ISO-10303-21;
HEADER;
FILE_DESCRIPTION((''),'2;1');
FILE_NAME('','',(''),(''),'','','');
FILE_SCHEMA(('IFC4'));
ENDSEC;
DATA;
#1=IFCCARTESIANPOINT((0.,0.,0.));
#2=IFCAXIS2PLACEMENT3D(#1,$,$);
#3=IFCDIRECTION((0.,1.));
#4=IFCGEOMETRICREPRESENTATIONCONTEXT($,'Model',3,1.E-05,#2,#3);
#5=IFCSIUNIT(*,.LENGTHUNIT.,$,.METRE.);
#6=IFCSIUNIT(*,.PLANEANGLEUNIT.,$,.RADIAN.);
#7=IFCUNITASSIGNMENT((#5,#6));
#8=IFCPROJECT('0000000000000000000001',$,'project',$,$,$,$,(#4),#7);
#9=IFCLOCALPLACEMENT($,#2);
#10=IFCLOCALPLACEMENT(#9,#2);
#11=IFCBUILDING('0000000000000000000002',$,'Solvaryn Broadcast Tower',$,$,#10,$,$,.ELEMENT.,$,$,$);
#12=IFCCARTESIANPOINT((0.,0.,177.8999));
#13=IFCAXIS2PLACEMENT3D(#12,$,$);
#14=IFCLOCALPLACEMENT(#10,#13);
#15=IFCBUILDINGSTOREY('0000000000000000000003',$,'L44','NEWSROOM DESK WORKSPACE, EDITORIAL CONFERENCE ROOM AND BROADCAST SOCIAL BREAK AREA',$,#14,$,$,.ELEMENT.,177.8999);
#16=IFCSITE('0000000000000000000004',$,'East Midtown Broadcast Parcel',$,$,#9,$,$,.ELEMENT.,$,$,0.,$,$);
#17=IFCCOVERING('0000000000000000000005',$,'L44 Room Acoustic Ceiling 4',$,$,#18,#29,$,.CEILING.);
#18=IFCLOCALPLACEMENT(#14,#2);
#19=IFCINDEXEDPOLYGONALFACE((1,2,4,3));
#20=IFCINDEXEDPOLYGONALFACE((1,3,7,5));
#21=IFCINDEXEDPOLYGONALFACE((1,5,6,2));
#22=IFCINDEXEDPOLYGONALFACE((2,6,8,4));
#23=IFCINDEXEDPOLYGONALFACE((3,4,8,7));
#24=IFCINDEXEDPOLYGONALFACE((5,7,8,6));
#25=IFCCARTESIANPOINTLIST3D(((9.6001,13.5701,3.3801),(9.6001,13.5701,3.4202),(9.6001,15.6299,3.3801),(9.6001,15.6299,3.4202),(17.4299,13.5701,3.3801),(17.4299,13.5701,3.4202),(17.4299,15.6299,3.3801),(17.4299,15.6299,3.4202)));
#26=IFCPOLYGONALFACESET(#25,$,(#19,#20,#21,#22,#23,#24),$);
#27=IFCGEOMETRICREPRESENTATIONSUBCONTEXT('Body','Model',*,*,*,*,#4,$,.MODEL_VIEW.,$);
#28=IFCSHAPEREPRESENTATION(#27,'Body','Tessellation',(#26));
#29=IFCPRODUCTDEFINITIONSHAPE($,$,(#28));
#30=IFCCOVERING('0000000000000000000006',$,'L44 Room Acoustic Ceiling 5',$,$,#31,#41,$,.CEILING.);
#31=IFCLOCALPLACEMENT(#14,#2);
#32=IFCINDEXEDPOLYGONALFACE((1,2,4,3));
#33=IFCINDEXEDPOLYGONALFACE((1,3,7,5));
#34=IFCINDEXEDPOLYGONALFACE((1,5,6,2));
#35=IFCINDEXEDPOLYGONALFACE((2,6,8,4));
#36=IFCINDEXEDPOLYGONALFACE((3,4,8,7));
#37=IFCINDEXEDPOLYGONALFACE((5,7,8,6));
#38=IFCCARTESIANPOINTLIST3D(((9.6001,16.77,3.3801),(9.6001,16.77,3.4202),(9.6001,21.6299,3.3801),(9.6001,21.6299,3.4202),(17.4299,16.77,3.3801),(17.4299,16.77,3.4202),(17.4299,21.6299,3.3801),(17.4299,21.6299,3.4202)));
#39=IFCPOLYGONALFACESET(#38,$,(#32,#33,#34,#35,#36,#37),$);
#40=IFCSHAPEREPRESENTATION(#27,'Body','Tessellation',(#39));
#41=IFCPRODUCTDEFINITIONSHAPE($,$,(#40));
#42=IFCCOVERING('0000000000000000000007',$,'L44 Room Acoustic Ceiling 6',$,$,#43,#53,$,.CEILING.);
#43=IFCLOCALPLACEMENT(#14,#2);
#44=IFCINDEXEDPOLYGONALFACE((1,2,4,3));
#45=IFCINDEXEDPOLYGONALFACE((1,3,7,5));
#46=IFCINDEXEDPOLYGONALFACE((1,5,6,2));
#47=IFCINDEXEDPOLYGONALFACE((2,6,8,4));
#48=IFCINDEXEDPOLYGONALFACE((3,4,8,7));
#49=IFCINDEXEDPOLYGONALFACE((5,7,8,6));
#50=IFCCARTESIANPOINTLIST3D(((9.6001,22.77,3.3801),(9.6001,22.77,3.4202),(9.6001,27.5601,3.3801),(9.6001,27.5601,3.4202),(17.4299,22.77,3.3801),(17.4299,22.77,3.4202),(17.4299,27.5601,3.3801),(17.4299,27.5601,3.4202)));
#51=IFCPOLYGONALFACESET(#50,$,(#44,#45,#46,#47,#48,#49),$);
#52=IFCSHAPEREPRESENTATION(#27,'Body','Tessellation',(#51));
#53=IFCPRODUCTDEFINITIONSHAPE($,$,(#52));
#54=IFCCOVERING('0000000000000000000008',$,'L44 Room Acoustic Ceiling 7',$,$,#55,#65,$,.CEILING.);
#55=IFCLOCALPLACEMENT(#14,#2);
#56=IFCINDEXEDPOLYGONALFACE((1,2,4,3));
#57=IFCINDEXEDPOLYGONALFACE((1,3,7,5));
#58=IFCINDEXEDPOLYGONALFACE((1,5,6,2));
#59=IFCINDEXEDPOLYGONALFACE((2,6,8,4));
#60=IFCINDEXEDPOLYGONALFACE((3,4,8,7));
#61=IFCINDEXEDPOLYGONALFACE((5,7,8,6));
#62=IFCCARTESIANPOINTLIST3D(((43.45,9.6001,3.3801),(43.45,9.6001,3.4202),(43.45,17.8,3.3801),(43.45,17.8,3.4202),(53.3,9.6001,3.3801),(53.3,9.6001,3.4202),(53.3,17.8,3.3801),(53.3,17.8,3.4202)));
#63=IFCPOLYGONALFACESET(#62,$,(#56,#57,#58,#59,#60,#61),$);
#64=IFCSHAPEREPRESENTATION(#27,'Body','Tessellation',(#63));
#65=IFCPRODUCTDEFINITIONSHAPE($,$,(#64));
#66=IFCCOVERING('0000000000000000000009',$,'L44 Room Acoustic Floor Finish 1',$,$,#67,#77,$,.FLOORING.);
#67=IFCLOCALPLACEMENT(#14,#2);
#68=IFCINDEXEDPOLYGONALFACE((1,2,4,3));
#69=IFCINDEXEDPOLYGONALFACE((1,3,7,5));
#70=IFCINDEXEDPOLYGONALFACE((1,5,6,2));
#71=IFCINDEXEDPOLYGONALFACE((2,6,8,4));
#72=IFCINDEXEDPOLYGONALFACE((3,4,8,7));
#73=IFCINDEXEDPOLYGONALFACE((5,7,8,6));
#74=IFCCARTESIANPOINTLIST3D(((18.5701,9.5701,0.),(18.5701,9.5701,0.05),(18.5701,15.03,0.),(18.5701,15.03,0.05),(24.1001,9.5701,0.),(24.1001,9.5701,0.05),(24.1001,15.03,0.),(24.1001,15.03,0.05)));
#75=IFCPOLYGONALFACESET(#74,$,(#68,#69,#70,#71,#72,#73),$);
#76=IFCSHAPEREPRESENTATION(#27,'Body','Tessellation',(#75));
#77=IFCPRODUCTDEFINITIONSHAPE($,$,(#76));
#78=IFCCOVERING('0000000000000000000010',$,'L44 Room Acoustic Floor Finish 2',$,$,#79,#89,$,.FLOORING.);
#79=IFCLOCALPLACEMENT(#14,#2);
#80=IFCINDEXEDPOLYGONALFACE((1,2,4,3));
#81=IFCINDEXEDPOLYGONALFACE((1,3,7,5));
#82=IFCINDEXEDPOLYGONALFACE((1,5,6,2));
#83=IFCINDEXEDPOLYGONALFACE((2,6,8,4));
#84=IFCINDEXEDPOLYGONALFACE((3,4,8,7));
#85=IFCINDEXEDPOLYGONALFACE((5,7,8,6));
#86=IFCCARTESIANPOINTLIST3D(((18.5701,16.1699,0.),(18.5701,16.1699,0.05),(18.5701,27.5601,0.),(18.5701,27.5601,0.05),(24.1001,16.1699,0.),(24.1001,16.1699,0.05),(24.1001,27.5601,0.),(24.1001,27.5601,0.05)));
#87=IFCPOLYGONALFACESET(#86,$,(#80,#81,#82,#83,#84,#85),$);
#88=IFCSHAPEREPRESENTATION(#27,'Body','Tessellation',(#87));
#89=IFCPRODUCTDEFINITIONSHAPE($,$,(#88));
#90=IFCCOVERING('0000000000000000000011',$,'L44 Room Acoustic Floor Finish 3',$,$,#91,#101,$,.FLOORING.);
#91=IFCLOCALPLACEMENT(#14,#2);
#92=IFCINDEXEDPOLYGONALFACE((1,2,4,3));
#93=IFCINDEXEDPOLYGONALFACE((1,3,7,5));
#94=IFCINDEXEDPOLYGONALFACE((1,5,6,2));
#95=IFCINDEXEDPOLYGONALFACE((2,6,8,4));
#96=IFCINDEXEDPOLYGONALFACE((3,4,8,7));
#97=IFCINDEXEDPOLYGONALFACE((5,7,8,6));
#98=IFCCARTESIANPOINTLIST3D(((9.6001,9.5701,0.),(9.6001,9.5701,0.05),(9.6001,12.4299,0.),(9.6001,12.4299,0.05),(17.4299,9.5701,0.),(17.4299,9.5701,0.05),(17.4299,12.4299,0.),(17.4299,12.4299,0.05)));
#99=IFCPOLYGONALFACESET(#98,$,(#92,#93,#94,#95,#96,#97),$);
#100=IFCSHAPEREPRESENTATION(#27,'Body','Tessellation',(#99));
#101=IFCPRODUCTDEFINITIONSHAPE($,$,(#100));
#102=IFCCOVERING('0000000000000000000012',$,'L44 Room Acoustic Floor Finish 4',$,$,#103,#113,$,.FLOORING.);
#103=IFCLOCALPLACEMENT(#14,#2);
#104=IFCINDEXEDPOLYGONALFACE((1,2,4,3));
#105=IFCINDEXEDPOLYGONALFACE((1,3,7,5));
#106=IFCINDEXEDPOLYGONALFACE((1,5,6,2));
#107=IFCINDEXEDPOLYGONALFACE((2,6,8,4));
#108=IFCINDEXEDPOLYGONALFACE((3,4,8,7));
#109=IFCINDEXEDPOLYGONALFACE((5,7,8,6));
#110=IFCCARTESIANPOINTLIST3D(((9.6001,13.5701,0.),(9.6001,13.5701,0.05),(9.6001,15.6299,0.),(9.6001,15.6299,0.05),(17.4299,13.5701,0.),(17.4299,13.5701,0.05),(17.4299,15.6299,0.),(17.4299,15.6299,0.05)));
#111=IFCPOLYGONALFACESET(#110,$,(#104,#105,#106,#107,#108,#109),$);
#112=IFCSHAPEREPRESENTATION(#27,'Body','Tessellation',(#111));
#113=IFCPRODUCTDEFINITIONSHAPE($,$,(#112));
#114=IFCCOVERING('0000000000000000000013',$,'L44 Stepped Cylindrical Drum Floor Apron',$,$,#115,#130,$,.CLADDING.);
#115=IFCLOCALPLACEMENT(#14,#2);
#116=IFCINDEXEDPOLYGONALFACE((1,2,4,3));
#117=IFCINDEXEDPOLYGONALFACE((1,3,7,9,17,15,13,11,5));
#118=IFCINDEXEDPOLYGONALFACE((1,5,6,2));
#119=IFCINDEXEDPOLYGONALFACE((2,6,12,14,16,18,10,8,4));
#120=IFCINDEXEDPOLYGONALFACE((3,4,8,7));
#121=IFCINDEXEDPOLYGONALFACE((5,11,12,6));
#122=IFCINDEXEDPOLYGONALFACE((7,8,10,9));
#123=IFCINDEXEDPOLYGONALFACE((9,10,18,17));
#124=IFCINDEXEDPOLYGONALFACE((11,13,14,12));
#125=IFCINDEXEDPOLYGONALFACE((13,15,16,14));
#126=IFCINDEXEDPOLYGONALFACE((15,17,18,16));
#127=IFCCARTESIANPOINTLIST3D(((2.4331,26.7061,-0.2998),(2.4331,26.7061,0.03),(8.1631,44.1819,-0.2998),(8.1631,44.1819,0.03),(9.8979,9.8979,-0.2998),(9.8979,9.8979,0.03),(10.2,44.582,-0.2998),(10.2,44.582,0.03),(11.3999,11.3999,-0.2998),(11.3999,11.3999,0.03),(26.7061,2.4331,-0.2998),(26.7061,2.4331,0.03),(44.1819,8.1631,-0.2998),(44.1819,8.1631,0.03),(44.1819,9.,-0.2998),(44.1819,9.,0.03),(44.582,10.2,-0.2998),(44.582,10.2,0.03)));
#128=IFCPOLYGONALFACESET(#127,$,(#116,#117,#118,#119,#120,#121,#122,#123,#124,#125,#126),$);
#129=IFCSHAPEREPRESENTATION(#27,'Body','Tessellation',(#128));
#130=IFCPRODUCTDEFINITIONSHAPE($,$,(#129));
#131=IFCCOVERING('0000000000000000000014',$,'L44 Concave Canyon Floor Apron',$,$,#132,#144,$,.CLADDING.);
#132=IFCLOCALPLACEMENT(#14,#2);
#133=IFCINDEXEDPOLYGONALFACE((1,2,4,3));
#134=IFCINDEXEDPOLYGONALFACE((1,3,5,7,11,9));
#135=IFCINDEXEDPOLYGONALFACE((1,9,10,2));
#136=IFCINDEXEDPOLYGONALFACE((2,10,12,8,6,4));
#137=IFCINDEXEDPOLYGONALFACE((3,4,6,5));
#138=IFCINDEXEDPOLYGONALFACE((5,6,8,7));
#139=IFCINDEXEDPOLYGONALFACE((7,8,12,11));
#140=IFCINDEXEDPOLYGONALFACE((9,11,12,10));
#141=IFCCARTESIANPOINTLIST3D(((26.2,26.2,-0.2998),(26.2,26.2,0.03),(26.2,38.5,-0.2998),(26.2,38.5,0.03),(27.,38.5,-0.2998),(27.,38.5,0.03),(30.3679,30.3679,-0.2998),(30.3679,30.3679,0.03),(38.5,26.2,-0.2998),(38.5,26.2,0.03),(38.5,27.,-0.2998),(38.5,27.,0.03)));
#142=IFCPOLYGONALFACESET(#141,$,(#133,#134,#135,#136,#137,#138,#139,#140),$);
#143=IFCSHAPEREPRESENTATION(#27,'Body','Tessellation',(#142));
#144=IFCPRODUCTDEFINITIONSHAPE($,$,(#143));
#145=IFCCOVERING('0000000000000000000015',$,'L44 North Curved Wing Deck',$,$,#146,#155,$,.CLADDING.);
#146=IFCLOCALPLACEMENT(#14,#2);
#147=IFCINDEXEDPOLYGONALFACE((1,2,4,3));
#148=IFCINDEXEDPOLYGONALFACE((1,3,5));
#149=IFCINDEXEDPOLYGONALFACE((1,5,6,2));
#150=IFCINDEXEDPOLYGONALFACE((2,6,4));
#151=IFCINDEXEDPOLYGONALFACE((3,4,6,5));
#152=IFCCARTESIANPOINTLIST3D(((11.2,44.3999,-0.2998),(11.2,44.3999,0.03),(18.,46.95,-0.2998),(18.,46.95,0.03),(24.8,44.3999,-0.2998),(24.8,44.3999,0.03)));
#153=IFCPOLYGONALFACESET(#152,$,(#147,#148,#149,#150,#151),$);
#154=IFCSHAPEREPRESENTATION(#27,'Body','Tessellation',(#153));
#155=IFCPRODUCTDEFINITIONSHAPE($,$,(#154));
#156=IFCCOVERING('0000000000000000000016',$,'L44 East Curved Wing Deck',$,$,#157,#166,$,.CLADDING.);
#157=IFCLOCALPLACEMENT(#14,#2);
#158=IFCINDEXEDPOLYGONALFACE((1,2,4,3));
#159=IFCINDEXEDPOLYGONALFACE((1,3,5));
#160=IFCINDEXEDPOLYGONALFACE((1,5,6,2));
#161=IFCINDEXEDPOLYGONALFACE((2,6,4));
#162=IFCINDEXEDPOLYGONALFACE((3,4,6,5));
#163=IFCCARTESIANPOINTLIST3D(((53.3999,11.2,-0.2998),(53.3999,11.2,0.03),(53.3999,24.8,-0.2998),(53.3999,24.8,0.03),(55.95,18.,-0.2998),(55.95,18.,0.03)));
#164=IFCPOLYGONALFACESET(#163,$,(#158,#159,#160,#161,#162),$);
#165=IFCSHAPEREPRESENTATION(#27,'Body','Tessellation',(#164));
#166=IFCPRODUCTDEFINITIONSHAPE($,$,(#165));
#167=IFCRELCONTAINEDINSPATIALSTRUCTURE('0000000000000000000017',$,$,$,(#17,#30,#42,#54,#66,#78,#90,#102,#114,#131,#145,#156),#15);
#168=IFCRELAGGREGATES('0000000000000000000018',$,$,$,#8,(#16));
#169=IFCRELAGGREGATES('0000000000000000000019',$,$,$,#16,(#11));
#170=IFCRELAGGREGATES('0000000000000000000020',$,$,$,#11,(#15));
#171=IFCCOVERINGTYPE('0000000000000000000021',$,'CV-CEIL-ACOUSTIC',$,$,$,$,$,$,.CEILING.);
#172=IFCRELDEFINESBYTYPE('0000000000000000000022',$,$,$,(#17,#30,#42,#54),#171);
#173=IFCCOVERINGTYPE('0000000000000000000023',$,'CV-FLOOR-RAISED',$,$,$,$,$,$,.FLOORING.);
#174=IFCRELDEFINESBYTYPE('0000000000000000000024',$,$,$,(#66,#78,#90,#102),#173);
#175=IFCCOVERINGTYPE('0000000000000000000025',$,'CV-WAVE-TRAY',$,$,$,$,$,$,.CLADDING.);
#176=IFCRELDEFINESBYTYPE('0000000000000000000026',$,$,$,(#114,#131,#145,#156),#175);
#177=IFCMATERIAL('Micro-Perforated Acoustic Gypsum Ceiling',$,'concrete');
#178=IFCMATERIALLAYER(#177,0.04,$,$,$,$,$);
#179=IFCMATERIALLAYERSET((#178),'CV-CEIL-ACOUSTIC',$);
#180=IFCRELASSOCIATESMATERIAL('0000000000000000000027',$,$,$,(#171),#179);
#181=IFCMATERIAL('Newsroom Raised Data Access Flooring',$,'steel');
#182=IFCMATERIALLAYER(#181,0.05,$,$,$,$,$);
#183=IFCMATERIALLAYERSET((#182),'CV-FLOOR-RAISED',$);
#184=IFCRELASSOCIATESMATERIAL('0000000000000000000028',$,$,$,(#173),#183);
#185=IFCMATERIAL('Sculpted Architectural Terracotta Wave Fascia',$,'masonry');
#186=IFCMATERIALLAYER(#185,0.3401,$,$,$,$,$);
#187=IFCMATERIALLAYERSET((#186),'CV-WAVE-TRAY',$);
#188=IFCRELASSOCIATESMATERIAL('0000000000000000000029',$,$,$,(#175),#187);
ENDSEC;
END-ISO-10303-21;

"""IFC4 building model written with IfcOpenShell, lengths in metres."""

from ifc_helpers import new_model, si_unit, direction, frame, origin, place, context, subcontext, project, spatial, polyline, outline, extrude, material, layer, layer_set, type_object, element, save


model = new_model("IFC4")

# Units and contexts
model_context = context("Model", 3, precision=1e-05, world=origin(), true_north=direction((0.0, 1.0)))
body_context = subcontext(model_context, "Body", "Model", "MODEL_VIEW")
ifc_project = project(units=[si_unit("LENGTHUNIT", "METRE"), si_unit("PLANEANGLEUNIT", "RADIAN")], contexts=[model_context])

# Site, building, storey
site_placement = place(None, origin())
site = spatial("IfcSite", under=ifc_project, at=site_placement, Name="East Midtown Broadcast Parcel", CompositionType="ELEMENT", RefElevation=0.0)
building_placement = place(site_placement, origin())
building = spatial("IfcBuilding", under=site, at=building_placement, Name="Solvaryn Broadcast Tower", CompositionType="ELEMENT")
storey_placement = place(building_placement, frame((0.0, 0.0, 177.8999)))
storey = spatial("IfcBuildingStorey", under=building, at=storey_placement, Name="L44", Description="NEWSROOM DESK WORKSPACE, EDITORIAL CONFERENCE ROOM AND BROADCAST SOCIAL BREAK AREA", CompositionType="ELEMENT", Elevation=177.8999)

# Coverings
ifc_material_1 = material(Name="Micro-Perforated Acoustic Gypsum Ceiling", Category="concrete")
ifc_layer_1 = layer(ifc_material_1, 0.04)
ifc_layer_set_1 = layer_set([ifc_layer_1], Name="CV-CEIL-ACOUSTIC")
covering_type_1 = type_object("IfcCoveringType", Name="CV-CEIL-ACOUSTIC", PredefinedType="CEILING", material=ifc_layer_set_1)
covering_1_placement = place(storey_placement, frame((0.0, 0.0, 3.3801)))
element("IfcCovering", 1, at=covering_1_placement, inside=storey, type_object=covering_type_1, Name="L44 Room Acoustic Ceiling 4", PredefinedType="CEILING", context=body_context, shape_type="SweptSolid", body=[
    extrude(outline(polyline([(9.6001, 13.5701), (17.4299, 13.5701), (17.4299, 15.6299), (9.6001, 15.6299), (9.6001, 13.5701)])), origin(), (0.0, 0.0, 1.0), 0.04),
])
covering_2_placement = place(storey_placement, frame((0.0, 0.0, 3.3801)))
element("IfcCovering", 2, at=covering_2_placement, inside=storey, type_object=covering_type_1, Name="L44 Room Acoustic Ceiling 5", PredefinedType="CEILING", context=body_context, shape_type="SweptSolid", body=[
    extrude(outline(polyline([(9.6001, 16.77), (17.4299, 16.77), (17.4299, 21.6299), (9.6001, 21.6299), (9.6001, 16.77)])), origin(), (0.0, 0.0, 1.0), 0.04),
])
covering_3_placement = place(storey_placement, frame((0.0, 0.0, 3.3801)))
element("IfcCovering", 3, at=covering_3_placement, inside=storey, type_object=covering_type_1, Name="L44 Room Acoustic Ceiling 6", PredefinedType="CEILING", context=body_context, shape_type="SweptSolid", body=[
    extrude(outline(polyline([(9.6001, 22.77), (17.4299, 22.77), (17.4299, 27.5601), (9.6001, 27.5601), (9.6001, 22.77)])), origin(), (0.0, 0.0, 1.0), 0.04),
])
covering_4_placement = place(storey_placement, frame((0.0, 0.0, 3.3801)))
element("IfcCovering", 4, at=covering_4_placement, inside=storey, type_object=covering_type_1, Name="L44 Room Acoustic Ceiling 7", PredefinedType="CEILING", context=body_context, shape_type="SweptSolid", body=[
    extrude(outline(polyline([(43.45, 9.6001), (53.3, 9.6001), (53.3, 17.8), (43.45, 17.8), (43.45, 9.6001)])), origin(), (0.0, 0.0, 1.0), 0.04),
])
ifc_material_2 = material(Name="Newsroom Raised Data Access Flooring", Category="steel")
ifc_layer_2 = layer(ifc_material_2, 0.05)
ifc_layer_set_2 = layer_set([ifc_layer_2], Name="CV-FLOOR-RAISED")
covering_type_2 = type_object("IfcCoveringType", Name="CV-FLOOR-RAISED", PredefinedType="FLOORING", material=ifc_layer_set_2)
covering_5_placement = place(storey_placement, origin())
element("IfcCovering", 5, at=covering_5_placement, inside=storey, type_object=covering_type_2, Name="L44 Room Acoustic Floor Finish 1", PredefinedType="FLOORING", context=body_context, shape_type="SweptSolid", body=[
    extrude(outline(polyline([(18.5701, 9.5701), (24.1001, 9.5701), (24.1001, 15.03), (18.5701, 15.03), (18.5701, 9.5701)])), origin(), (0.0, 0.0, 1.0), 0.05),
])
covering_6_placement = place(storey_placement, origin())
element("IfcCovering", 6, at=covering_6_placement, inside=storey, type_object=covering_type_2, Name="L44 Room Acoustic Floor Finish 2", PredefinedType="FLOORING", context=body_context, shape_type="SweptSolid", body=[
    extrude(outline(polyline([(18.5701, 16.1699), (24.1001, 16.1699), (24.1001, 27.5601), (18.5701, 27.5601), (18.5701, 16.1699)])), origin(), (0.0, 0.0, 1.0), 0.05),
])
covering_7_placement = place(storey_placement, origin())
element("IfcCovering", 7, at=covering_7_placement, inside=storey, type_object=covering_type_2, Name="L44 Room Acoustic Floor Finish 3", PredefinedType="FLOORING", context=body_context, shape_type="SweptSolid", body=[
    extrude(outline(polyline([(9.6001, 9.5701), (17.4299, 9.5701), (17.4299, 12.4299), (9.6001, 12.4299), (9.6001, 9.5701)])), origin(), (0.0, 0.0, 1.0), 0.05),
])
covering_8_placement = place(storey_placement, origin())
element("IfcCovering", 8, at=covering_8_placement, inside=storey, type_object=covering_type_2, Name="L44 Room Acoustic Floor Finish 4", PredefinedType="FLOORING", context=body_context, shape_type="SweptSolid", body=[
    extrude(outline(polyline([(9.6001, 13.5701), (17.4299, 13.5701), (17.4299, 15.6299), (9.6001, 15.6299), (9.6001, 13.5701)])), origin(), (0.0, 0.0, 1.0), 0.05),
])
ifc_material_3 = material(Name="Sculpted Architectural Terracotta Wave Fascia", Category="masonry")
ifc_layer_3 = layer(ifc_material_3, 0.3401)
ifc_layer_set_3 = layer_set([ifc_layer_3], Name="CV-WAVE-TRAY")
covering_type_3 = type_object("IfcCoveringType", Name="CV-WAVE-TRAY", PredefinedType="CLADDING", material=ifc_layer_set_3)
covering_9_placement = place(storey_placement, frame((0.0, 0.0, -0.2998)))
element("IfcCovering", 9, at=covering_9_placement, inside=storey, type_object=covering_type_3, Name="L44 Stepped Cylindrical Drum Floor Apron", PredefinedType="CLADDING", context=body_context, shape_type="SweptSolid", body=[
    extrude(outline(polyline([(10.2, 44.582), (8.1631, 44.1819), (2.4331, 26.7061), (9.8979, 9.8979), (26.7061, 2.4331), (44.1819, 8.1631), (44.1819, 9.0), (44.582, 10.2), (11.3999, 11.3999), (10.2, 44.582)])), origin(), (0.0, 0.0, 1.0), 0.3298),
])
covering_10_placement = place(storey_placement, frame((0.0, 0.0, -0.2998)))
element("IfcCovering", 10, at=covering_10_placement, inside=storey, type_object=covering_type_3, Name="L44 Concave Canyon Floor Apron", PredefinedType="CLADDING", context=body_context, shape_type="SweptSolid", body=[
    extrude(outline(polyline([(26.2, 26.2), (38.5, 26.2), (38.5, 27.0), (30.3679, 30.3679), (27.0, 38.5), (26.2, 38.5), (26.2, 26.2)])), origin(), (0.0, 0.0, 1.0), 0.3298),
])
covering_11_placement = place(storey_placement, frame((0.0, 0.0, -0.2998)))
element("IfcCovering", 11, at=covering_11_placement, inside=storey, type_object=covering_type_3, Name="L44 North Curved Wing Deck", PredefinedType="CLADDING", context=body_context, shape_type="SweptSolid", body=[
    extrude(outline(polyline([(11.2, 44.3999), (24.8, 44.3999), (18.0, 46.95), (11.2, 44.3999)])), origin(), (0.0, 0.0, 1.0), 0.3298),
])
covering_12_placement = place(storey_placement, frame((0.0, 0.0, -0.2998)))
element("IfcCovering", 12, at=covering_12_placement, inside=storey, type_object=covering_type_3, Name="L44 East Curved Wing Deck", PredefinedType="CLADDING", context=body_context, shape_type="SweptSolid", body=[
    extrude(outline(polyline([(53.3999, 11.2), (55.95, 18.0), (53.3999, 24.8), (53.3999, 11.2)])), origin(), (0.0, 0.0, 1.0), 0.3298),
])

save(model, "model.ifc")
